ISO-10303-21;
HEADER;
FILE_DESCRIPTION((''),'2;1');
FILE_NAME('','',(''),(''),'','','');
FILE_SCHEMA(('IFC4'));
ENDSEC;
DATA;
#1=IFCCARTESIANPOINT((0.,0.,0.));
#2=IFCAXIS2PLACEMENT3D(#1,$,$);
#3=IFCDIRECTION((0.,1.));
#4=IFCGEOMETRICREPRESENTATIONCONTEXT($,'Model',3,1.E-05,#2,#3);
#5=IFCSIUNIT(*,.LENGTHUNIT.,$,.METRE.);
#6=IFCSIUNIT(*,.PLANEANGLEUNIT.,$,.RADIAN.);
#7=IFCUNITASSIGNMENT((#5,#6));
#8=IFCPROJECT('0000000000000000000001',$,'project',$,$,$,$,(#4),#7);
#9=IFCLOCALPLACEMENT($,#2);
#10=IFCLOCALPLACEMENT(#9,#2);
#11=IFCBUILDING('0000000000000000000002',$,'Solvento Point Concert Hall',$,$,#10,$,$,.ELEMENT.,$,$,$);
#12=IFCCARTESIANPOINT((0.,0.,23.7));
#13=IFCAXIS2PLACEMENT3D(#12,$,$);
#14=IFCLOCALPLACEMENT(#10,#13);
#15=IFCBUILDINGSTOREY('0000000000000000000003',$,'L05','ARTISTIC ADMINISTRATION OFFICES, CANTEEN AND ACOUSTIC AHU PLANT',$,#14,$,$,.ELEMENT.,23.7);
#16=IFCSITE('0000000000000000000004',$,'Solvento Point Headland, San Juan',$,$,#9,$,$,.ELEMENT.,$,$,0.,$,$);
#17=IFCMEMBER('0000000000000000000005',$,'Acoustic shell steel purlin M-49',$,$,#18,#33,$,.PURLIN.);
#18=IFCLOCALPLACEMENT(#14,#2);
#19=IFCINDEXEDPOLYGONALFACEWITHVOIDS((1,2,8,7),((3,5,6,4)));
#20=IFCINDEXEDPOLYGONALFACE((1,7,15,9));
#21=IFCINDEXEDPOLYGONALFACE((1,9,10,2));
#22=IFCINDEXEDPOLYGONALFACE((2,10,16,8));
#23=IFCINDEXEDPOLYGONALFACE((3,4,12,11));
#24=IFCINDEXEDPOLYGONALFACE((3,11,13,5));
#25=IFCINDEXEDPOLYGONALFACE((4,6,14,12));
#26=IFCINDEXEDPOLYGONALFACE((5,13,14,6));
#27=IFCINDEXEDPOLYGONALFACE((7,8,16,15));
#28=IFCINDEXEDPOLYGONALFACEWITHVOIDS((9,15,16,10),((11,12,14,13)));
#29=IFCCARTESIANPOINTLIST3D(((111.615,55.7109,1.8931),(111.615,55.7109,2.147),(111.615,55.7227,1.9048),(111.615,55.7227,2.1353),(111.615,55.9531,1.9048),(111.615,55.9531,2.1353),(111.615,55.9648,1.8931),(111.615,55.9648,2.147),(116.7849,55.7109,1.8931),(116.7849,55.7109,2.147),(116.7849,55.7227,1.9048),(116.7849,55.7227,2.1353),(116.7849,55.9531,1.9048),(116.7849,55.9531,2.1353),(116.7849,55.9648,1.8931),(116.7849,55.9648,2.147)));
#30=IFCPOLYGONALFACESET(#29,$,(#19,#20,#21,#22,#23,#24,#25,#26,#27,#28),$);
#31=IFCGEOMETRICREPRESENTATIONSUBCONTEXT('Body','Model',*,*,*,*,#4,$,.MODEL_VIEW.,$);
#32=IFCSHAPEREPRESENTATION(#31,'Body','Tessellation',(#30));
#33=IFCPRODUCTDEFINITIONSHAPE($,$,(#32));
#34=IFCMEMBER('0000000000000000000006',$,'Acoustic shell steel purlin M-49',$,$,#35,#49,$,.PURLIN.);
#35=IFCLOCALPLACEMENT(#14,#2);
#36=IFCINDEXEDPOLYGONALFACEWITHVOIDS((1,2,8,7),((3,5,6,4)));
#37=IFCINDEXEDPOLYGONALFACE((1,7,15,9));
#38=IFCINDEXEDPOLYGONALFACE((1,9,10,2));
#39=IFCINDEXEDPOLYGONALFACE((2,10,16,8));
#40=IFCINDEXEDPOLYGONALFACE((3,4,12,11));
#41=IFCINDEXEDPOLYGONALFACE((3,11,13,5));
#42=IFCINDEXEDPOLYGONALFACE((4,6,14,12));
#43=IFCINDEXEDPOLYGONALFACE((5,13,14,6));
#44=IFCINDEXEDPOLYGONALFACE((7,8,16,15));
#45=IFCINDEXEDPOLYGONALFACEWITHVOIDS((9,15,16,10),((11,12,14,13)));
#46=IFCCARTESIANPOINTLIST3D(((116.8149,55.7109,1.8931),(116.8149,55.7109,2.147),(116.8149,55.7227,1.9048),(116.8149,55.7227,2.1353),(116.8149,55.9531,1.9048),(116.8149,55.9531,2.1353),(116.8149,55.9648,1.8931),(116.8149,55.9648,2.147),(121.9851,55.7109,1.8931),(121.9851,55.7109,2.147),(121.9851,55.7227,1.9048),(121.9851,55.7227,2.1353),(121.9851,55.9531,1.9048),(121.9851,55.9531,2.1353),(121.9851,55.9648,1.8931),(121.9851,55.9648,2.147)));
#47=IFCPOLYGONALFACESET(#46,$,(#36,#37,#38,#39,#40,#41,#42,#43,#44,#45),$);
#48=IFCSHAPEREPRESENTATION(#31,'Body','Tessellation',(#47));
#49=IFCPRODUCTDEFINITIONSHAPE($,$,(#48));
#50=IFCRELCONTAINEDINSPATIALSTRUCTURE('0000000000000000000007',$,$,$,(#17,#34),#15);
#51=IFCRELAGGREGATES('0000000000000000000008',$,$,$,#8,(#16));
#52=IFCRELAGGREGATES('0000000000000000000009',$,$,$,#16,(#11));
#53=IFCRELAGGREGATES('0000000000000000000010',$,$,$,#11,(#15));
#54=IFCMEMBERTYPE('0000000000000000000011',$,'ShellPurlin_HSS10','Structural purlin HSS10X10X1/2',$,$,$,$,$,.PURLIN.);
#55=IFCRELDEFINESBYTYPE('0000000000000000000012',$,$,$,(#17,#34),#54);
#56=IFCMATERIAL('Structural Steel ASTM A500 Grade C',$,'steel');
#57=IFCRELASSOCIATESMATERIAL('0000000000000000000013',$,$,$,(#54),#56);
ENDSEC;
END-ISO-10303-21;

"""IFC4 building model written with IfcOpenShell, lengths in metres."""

from ifc_helpers import new_model, si_unit, direction, frame, origin, origin_2d, place, context, subcontext, project, spatial, hollow_rectangle, extrude, material, material_profile, profile_set, type_object, element, save


model = new_model("IFC4")

# Units and contexts
model_context = context("Model", 3, precision=1e-05, world=origin(), true_north=direction((0.0, 1.0)))
body_context = subcontext(model_context, "Body", "Model", "MODEL_VIEW")
ifc_project = project(units=[si_unit("LENGTHUNIT", "METRE"), si_unit("PLANEANGLEUNIT", "RADIAN")], contexts=[model_context])

# Site, building, storey
site_placement = place(None, origin())
site = spatial("IfcSite", under=ifc_project, at=site_placement, Name="Solvento Point Headland, San Juan", CompositionType="ELEMENT", RefElevation=0.0)
building_placement = place(site_placement, origin())
building = spatial("IfcBuilding", under=site, at=building_placement, Name="Solvento Point Concert Hall", CompositionType="ELEMENT")
storey_placement = place(building_placement, frame((0.0, 0.0, 23.7)))
storey = spatial("IfcBuildingStorey", under=building, at=storey_placement, Name="L05", Description="ARTISTIC ADMINISTRATION OFFICES, CANTEEN AND ACOUSTIC AHU PLANT", CompositionType="ELEMENT", Elevation=23.7)

# Members
ifc_material_1 = material(Name="Structural Steel ASTM A500 Grade C", Category="steel")
ifc_material_profile_1 = material_profile(ifc_material_1, hollow_rectangle(XDim=0.2539, YDim=0.2539, WallThickness=0.0117, at=origin_2d()), Name="HSS10X10X1/2")
ifc_profile_set_1 = profile_set([ifc_material_profile_1], Name="Structural Steel ASTM A500 Grade C")
member_type = type_object("IfcMemberType", Name="ShellPurlin_HSS10", Description="Structural purlin HSS10X10X1/2", PredefinedType="PURLIN", material=ifc_profile_set_1)
for number, where, z_axis, x_axis, name in (
    (1, (111.615, 55.8379, 2.02), (1.0, 0.0, 0.0), (0.0, 1.0, 0.0), "Acoustic shell steel purlin M-49"),
):
    element("IfcMember", number, at=place(storey_placement, frame(where, z_axis=z_axis, x_axis=x_axis)), inside=storey, type_object=member_type, Name=name, PredefinedType="PURLIN", context=body_context, shape_type="SweptSolid", body=[
        extrude(hollow_rectangle(XDim=0.2539, YDim=0.2539, WallThickness=0.0117, at=origin_2d()), origin(), (0.0, 0.0, 1.0), 5.1699),
    ])
member_1_placement = place(storey_placement, frame((116.8149, 55.8379, 2.02), z_axis=(1.0, 0.0, 0.0), x_axis=(0.0, 1.0, 0.0)))
element("IfcMember", 2, at=member_1_placement, inside=storey, type_object=member_type, Name="Acoustic shell steel purlin M-49", PredefinedType="PURLIN", context=body_context, shape_type="SweptSolid", body=[
    extrude(hollow_rectangle(XDim=0.2539, YDim=0.2539, WallThickness=0.0117, at=origin_2d()), origin(), (0.0, 0.0, 1.0), 5.1702),
])

save(model, "model.ifc")
